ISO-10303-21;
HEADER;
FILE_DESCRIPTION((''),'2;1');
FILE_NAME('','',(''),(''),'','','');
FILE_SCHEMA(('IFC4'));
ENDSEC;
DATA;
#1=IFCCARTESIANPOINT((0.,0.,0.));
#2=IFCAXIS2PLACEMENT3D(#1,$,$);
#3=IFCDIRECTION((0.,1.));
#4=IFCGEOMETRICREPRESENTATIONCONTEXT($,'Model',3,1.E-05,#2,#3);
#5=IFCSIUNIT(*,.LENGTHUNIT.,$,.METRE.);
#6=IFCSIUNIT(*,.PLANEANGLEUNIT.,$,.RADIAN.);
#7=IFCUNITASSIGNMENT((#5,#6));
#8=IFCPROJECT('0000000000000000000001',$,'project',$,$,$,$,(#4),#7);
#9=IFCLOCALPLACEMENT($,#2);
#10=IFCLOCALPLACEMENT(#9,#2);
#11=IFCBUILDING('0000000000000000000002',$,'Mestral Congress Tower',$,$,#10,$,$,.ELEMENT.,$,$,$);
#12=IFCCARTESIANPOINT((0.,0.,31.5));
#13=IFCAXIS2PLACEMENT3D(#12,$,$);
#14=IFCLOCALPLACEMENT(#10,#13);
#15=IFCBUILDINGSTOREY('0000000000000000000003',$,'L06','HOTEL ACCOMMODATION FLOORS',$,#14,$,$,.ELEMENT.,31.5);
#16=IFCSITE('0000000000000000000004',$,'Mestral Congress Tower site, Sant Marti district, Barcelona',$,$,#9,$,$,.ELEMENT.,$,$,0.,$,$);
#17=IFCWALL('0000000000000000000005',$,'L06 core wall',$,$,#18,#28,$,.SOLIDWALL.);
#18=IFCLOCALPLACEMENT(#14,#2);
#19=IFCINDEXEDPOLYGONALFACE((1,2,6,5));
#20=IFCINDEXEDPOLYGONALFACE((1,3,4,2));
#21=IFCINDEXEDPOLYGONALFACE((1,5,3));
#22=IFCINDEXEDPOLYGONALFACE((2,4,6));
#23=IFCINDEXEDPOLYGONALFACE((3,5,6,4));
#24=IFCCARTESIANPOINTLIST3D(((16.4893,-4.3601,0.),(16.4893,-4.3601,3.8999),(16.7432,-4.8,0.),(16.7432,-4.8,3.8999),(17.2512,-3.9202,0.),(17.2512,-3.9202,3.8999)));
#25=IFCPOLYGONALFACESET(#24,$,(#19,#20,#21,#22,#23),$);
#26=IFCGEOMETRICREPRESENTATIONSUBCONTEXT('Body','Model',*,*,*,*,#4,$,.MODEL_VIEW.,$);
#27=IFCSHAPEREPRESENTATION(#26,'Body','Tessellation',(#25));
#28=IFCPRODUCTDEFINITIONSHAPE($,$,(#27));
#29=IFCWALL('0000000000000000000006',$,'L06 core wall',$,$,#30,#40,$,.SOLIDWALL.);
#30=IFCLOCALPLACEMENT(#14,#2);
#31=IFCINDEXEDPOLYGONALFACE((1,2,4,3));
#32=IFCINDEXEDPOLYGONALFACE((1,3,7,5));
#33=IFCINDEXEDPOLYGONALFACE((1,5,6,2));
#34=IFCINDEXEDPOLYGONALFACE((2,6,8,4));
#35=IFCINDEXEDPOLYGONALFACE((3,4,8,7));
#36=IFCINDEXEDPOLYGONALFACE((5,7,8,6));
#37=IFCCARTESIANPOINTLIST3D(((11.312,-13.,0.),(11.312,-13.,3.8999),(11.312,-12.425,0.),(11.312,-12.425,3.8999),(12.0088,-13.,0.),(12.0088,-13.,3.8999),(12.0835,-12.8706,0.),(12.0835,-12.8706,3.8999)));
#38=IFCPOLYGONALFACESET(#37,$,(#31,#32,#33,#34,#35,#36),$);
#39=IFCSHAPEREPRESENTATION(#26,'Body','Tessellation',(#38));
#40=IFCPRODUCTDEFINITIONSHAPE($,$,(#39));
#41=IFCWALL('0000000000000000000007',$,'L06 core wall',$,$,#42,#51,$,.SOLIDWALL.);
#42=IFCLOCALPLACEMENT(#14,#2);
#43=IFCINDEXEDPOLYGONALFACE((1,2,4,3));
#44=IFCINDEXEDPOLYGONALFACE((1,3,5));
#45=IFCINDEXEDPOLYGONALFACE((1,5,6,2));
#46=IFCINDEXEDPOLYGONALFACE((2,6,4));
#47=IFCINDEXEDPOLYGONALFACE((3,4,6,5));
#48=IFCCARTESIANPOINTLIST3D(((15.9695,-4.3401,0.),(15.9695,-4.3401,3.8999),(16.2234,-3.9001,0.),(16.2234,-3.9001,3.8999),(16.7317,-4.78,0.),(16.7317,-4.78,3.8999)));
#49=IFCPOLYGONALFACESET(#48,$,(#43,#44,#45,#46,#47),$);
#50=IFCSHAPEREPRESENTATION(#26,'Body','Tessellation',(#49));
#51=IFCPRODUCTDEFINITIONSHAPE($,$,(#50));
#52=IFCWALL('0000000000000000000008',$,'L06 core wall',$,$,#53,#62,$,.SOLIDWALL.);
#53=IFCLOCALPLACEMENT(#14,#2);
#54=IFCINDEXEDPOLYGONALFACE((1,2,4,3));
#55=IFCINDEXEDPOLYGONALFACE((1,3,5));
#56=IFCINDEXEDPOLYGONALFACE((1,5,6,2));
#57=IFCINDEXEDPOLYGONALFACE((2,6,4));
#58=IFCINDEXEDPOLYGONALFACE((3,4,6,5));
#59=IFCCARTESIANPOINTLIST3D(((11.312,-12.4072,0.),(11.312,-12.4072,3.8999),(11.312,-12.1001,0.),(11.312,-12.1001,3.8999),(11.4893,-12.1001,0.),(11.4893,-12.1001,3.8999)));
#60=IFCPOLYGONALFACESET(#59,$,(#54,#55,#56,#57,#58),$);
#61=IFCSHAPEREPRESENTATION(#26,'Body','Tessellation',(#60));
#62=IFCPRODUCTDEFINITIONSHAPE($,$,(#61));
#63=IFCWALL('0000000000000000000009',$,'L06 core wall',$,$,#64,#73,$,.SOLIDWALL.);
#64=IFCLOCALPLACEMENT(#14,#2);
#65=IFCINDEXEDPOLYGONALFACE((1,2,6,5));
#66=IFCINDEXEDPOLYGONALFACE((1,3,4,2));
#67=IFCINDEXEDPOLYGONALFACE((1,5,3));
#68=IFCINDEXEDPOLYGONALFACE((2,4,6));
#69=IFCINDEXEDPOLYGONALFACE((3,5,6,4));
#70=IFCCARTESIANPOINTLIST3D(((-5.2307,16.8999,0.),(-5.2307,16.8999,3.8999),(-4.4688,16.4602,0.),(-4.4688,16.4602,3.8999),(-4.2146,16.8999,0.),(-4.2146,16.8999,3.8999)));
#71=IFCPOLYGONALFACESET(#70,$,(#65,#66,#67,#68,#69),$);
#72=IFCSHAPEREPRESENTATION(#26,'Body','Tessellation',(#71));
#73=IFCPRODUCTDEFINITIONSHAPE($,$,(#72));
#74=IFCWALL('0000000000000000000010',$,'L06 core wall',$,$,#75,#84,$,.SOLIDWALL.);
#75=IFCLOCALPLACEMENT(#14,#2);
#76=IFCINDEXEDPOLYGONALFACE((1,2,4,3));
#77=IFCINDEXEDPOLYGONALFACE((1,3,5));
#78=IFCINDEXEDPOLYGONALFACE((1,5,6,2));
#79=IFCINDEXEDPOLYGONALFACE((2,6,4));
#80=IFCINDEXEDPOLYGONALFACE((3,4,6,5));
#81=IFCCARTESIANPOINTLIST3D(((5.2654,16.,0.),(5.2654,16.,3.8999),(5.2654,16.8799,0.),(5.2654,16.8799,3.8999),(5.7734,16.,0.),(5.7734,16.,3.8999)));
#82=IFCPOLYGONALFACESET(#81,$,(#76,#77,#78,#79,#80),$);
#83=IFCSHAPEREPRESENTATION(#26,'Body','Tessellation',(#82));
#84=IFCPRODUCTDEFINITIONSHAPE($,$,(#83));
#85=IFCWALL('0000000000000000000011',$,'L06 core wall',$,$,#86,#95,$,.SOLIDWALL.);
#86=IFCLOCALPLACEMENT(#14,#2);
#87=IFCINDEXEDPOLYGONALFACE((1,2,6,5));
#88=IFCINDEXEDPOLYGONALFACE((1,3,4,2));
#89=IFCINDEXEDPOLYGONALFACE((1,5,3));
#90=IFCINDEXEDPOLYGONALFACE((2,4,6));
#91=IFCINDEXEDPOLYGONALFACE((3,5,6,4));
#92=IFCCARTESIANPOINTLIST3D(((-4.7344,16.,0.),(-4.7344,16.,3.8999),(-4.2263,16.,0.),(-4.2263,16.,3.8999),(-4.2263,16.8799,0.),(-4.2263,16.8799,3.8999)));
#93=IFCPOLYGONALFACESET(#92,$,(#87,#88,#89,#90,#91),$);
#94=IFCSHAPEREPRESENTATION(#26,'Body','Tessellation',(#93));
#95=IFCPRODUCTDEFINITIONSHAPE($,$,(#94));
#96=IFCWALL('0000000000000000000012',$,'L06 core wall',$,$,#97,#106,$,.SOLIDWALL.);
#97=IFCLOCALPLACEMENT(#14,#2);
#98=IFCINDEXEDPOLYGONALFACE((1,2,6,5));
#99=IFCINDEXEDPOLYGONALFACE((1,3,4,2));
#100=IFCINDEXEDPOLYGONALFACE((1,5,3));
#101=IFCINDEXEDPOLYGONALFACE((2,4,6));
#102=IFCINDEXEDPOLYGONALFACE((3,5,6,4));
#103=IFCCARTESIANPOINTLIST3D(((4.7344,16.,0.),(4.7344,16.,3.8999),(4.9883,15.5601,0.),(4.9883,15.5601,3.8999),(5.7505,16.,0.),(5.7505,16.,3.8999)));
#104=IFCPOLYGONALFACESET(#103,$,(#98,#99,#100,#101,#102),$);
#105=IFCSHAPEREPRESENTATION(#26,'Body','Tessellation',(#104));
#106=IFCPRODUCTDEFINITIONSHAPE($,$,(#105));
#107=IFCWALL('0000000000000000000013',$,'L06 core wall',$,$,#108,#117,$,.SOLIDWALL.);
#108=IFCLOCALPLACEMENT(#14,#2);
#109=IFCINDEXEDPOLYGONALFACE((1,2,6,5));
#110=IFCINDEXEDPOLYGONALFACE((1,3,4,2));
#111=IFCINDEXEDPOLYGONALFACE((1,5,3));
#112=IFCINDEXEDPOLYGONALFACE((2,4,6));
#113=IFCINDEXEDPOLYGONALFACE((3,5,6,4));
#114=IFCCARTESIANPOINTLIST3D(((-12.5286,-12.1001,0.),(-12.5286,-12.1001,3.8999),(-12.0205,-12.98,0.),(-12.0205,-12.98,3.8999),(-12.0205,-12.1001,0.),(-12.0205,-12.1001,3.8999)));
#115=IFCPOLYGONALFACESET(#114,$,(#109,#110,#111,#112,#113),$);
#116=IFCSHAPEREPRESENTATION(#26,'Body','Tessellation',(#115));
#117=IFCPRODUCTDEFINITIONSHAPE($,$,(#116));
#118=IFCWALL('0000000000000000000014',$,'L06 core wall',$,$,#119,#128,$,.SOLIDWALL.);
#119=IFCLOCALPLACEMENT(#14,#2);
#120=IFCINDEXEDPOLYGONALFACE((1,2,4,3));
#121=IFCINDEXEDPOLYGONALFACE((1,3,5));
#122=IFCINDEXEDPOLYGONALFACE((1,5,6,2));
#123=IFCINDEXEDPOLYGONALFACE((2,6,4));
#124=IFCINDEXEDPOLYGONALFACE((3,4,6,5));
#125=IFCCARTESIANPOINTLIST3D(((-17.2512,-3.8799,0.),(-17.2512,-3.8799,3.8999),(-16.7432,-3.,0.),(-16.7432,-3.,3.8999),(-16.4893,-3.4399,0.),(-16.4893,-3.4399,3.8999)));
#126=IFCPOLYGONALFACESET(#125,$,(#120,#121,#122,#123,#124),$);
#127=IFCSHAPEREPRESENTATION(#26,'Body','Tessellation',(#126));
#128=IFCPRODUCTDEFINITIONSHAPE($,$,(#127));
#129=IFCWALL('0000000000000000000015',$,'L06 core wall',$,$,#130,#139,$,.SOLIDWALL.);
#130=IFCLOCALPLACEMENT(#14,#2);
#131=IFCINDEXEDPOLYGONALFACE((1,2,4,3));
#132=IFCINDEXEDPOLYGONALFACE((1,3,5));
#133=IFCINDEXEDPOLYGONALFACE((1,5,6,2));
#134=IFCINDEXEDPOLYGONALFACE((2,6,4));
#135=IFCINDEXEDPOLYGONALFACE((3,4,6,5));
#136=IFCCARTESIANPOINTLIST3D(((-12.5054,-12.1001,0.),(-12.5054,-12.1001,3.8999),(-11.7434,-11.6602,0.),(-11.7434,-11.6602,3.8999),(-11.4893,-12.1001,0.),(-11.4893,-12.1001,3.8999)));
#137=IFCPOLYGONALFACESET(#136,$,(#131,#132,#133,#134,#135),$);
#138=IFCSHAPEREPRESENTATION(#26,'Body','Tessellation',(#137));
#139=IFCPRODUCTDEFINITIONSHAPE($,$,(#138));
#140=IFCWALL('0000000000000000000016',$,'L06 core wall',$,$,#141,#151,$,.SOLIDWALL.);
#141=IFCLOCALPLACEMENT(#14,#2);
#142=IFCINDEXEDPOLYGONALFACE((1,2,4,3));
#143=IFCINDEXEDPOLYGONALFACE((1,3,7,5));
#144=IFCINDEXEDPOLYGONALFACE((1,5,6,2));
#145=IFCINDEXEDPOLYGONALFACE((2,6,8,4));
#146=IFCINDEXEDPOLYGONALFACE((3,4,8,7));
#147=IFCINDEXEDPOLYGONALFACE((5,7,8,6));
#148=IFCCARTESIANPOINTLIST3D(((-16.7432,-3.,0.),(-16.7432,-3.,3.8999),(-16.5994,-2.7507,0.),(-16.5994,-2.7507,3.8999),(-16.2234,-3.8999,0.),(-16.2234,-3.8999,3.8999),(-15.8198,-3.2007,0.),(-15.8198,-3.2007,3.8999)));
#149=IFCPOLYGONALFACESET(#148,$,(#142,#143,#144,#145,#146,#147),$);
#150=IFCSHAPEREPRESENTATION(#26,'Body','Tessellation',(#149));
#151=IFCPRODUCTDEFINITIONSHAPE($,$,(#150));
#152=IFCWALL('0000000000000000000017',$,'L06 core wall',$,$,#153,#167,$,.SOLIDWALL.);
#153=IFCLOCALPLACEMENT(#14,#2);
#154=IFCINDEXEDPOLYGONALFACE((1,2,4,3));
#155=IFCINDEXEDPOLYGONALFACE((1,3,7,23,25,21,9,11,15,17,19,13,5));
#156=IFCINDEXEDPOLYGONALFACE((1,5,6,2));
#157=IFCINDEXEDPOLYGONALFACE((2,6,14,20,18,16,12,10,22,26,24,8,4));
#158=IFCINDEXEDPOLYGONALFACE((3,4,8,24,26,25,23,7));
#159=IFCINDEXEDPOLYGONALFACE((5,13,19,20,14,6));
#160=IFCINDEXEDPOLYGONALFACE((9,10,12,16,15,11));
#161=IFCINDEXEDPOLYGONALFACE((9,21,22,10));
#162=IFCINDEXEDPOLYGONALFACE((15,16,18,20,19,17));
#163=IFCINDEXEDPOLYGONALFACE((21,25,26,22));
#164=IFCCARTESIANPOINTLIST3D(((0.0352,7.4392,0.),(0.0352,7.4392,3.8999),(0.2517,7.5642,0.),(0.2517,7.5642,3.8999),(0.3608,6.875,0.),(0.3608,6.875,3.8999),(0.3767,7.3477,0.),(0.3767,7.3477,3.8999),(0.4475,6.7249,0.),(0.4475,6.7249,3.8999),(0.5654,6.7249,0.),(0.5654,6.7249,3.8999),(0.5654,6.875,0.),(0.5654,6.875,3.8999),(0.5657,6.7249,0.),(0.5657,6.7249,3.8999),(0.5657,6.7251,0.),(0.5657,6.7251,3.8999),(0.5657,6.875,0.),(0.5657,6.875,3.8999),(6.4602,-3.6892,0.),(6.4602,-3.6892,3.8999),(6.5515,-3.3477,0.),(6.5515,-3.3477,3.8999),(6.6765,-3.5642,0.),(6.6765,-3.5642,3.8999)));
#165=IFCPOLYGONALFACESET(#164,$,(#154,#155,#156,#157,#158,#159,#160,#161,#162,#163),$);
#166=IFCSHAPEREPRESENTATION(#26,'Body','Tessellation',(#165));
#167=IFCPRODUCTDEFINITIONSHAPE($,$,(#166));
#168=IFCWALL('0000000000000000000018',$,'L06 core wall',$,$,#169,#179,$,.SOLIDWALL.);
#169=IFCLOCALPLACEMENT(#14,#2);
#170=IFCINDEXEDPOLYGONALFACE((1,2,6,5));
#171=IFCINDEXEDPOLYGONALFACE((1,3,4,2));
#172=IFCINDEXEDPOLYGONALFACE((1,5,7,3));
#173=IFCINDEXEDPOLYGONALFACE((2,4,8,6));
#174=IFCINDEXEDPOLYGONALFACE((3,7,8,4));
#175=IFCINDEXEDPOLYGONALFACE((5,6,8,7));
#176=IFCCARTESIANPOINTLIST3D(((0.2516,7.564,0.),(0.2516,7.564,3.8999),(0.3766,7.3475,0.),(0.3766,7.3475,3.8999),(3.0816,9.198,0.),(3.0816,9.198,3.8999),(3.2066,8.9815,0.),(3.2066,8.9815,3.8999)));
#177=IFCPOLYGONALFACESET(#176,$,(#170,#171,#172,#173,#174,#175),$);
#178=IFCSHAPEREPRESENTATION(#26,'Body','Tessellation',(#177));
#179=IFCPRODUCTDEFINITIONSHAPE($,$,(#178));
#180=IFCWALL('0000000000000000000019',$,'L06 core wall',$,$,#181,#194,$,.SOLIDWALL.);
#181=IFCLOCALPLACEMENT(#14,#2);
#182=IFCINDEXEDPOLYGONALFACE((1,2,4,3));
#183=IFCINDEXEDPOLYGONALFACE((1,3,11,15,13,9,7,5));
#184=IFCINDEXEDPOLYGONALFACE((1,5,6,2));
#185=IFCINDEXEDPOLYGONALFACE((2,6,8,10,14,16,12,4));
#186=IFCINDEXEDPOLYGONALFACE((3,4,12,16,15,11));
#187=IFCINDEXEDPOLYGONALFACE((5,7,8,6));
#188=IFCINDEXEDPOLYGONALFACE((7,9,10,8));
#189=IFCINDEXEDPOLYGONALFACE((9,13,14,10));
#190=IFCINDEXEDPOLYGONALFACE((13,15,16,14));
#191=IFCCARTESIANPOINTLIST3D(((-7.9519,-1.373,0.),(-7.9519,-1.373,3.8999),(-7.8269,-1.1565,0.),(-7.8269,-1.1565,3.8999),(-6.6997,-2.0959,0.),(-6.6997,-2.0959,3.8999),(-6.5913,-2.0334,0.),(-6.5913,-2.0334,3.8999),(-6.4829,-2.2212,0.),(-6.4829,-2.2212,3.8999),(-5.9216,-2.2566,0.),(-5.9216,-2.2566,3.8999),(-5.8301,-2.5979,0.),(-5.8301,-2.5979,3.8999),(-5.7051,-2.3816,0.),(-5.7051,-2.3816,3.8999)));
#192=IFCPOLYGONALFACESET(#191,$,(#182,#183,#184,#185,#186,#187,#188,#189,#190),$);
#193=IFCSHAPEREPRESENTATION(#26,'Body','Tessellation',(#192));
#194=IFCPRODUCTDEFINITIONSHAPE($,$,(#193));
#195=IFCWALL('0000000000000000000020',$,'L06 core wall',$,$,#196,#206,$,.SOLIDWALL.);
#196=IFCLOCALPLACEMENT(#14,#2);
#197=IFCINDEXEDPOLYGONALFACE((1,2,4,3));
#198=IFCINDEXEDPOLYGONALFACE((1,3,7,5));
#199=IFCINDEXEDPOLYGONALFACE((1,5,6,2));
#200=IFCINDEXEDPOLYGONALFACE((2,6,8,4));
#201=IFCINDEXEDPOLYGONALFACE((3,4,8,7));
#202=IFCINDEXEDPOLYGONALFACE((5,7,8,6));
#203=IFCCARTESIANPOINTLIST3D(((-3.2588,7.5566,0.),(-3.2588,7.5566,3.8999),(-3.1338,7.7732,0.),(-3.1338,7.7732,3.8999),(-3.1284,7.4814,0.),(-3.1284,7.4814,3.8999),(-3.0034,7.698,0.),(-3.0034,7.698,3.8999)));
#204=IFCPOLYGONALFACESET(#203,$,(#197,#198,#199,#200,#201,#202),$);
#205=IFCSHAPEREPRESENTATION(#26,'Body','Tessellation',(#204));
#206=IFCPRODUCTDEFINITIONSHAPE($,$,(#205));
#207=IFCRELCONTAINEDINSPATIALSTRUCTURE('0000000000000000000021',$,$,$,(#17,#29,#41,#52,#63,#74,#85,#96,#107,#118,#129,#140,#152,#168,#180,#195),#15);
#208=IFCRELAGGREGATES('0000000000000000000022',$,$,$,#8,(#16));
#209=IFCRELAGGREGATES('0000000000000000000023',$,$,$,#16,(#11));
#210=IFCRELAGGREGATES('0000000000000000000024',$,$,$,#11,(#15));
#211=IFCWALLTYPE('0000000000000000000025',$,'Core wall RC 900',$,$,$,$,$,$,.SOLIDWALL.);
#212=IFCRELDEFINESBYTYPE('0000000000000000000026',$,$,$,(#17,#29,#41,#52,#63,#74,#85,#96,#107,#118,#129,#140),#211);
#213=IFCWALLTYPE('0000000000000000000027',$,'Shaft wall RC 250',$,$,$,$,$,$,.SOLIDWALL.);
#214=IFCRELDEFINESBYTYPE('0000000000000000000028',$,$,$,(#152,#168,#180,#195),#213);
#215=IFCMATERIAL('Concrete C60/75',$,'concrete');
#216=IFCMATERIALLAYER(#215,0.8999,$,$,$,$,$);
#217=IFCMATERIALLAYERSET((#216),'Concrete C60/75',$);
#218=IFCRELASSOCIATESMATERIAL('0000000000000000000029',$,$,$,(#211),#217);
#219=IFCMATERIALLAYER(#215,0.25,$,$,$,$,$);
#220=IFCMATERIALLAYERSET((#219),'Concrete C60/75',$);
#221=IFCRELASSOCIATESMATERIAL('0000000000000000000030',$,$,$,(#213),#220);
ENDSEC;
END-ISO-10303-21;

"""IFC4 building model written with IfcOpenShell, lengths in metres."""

from ifc_helpers import new_model, si_unit, direction, frame, frame_2d, origin, place, context, subcontext, project, spatial, polyline, rectangle, outline, extrude, material, layer, layer_set, type_object, element, save


model = new_model("IFC4")

# Units and contexts
model_context = context("Model", 3, precision=1e-05, world=origin(), true_north=direction((0.0, 1.0)))
body_context = subcontext(model_context, "Body", "Model", "MODEL_VIEW")
ifc_project = project(units=[si_unit("LENGTHUNIT", "METRE"), si_unit("PLANEANGLEUNIT", "RADIAN")], contexts=[model_context])

# Site, building, storey
site_placement = place(None, origin())
site = spatial("IfcSite", under=ifc_project, at=site_placement, Name="Mestral Congress Tower site, Sant Marti district, Barcelona", CompositionType="ELEMENT", RefElevation=0.0)
building_placement = place(site_placement, origin())
building = spatial("IfcBuilding", under=site, at=building_placement, Name="Mestral Congress Tower", CompositionType="ELEMENT")
storey_placement = place(building_placement, frame((0.0, 0.0, 31.5)))
storey = spatial("IfcBuildingStorey", under=building, at=storey_placement, Name="L06", Description="HOTEL ACCOMMODATION FLOORS", CompositionType="ELEMENT", Elevation=31.5)

# Shared definitions
ifc_material_1 = material(Name="Concrete C60/75", Category="concrete")

# Shared definitions
placement_1 = place(storey_placement, origin())

# Walls
ifc_layer_1 = layer(ifc_material_1, 0.8999)
ifc_layer_set_1 = layer_set([ifc_layer_1], Name="Concrete C60/75")
wall_type_1 = type_object("IfcWallType", Name="Core wall RC 900", PredefinedType="SOLIDWALL", material=ifc_layer_set_1)
element("IfcWall", 1, at=placement_1, inside=storey, type_object=wall_type_1, Name="L06 core wall", PredefinedType="SOLIDWALL", context=body_context, shape_type="SweptSolid", body=[
    extrude(outline(polyline([(16.7432, -4.8), (16.4893, -4.3601), (17.2512, -3.9202), (16.7432, -4.8)])), origin(), (0.0, 0.0, 1.0), 3.8999),
])
element("IfcWall", 2, at=placement_1, inside=storey, type_object=wall_type_1, Name="L06 core wall", PredefinedType="SOLIDWALL", context=body_context, shape_type="SweptSolid", body=[
    extrude(outline(polyline([(12.0088, -13.0), (11.312, -13.0), (11.312, -12.425), (12.0835, -12.8706), (12.0088, -13.0)])), origin(), (0.0, 0.0, 1.0), 3.8999),
])
element("IfcWall", 3, at=placement_1, inside=storey, type_object=wall_type_1, Name="L06 core wall", PredefinedType="SOLIDWALL", context=body_context, shape_type="SweptSolid", body=[
    extrude(outline(polyline([(16.2234, -3.9001), (16.7317, -4.78), (15.9695, -4.3401), (16.2234, -3.9001)])), origin(), (0.0, 0.0, 1.0), 3.8999),
])
element("IfcWall", 4, at=placement_1, inside=storey, type_object=wall_type_1, Name="L06 core wall", PredefinedType="SOLIDWALL", context=body_context, shape_type="SweptSolid", body=[
    extrude(outline(polyline([(11.4893, -12.1001), (11.312, -12.4072), (11.312, -12.1001), (11.4893, -12.1001)])), origin(), (0.0, 0.0, 1.0), 3.8999),
])
element("IfcWall", 5, at=placement_1, inside=storey, type_object=wall_type_1, Name="L06 core wall", PredefinedType="SOLIDWALL", context=body_context, shape_type="SweptSolid", body=[
    extrude(outline(polyline([(-4.2146, 16.8999), (-4.4688, 16.4602), (-5.2307, 16.8999), (-4.2146, 16.8999)])), origin(), (0.0, 0.0, 1.0), 3.8999),
])
element("IfcWall", 6, at=placement_1, inside=storey, type_object=wall_type_1, Name="L06 core wall", PredefinedType="SOLIDWALL", context=body_context, shape_type="SweptSolid", body=[
    extrude(outline(polyline([(5.2654, 16.0), (5.2654, 16.8799), (5.7734, 16.0), (5.2654, 16.0)])), origin(), (0.0, 0.0, 1.0), 3.8999),
])
element("IfcWall", 7, at=placement_1, inside=storey, type_object=wall_type_1, Name="L06 core wall", PredefinedType="SOLIDWALL", context=body_context, shape_type="SweptSolid", body=[
    extrude(outline(polyline([(-4.7344, 16.0), (-4.2263, 16.8799), (-4.2263, 16.0), (-4.7344, 16.0)])), origin(), (0.0, 0.0, 1.0), 3.8999),
])
element("IfcWall", 8, at=placement_1, inside=storey, type_object=wall_type_1, Name="L06 core wall", PredefinedType="SOLIDWALL", context=body_context, shape_type="SweptSolid", body=[
    extrude(outline(polyline([(4.7344, 16.0), (5.7505, 16.0), (4.9883, 15.5601), (4.7344, 16.0)])), origin(), (0.0, 0.0, 1.0), 3.8999),
])
element("IfcWall", 9, at=placement_1, inside=storey, type_object=wall_type_1, Name="L06 core wall", PredefinedType="SOLIDWALL", context=body_context, shape_type="SweptSolid", body=[
    extrude(outline(polyline([(-12.5286, -12.1001), (-12.0205, -12.1001), (-12.0205, -12.98), (-12.5286, -12.1001)])), origin(), (0.0, 0.0, 1.0), 3.8999),
])
element("IfcWall", 10, at=placement_1, inside=storey, type_object=wall_type_1, Name="L06 core wall", PredefinedType="SOLIDWALL", context=body_context, shape_type="SweptSolid", body=[
    extrude(outline(polyline([(-16.4893, -3.4399), (-17.2512, -3.8799), (-16.7432, -3.0), (-16.4893, -3.4399)])), origin(), (0.0, 0.0, 1.0), 3.8999),
])
element("IfcWall", 11, at=placement_1, inside=storey, type_object=wall_type_1, Name="L06 core wall", PredefinedType="SOLIDWALL", context=body_context, shape_type="SweptSolid", body=[
    extrude(outline(polyline([(-11.4893, -12.1001), (-12.5054, -12.1001), (-11.7434, -11.6602), (-11.4893, -12.1001)])), origin(), (0.0, 0.0, 1.0), 3.8999),
])
element("IfcWall", 12, at=placement_1, inside=storey, type_object=wall_type_1, Name="L06 core wall", PredefinedType="SOLIDWALL", context=body_context, shape_type="SweptSolid", body=[
    extrude(outline(polyline([(-15.8198, -3.2007), (-16.2234, -3.8999), (-16.7432, -3.0), (-16.5994, -2.7507), (-15.8198, -3.2007)])), origin(), (0.0, 0.0, 1.0), 3.8999),
])
ifc_layer_2 = layer(ifc_material_1, 0.25)
ifc_layer_set_2 = layer_set([ifc_layer_2], Name="Concrete C60/75")
wall_type_2 = type_object("IfcWallType", Name="Shaft wall RC 250", PredefinedType="SOLIDWALL", material=ifc_layer_set_2)
element("IfcWall", 13, at=placement_1, inside=storey, type_object=wall_type_2, Name="L06 core wall", PredefinedType="SOLIDWALL", context=body_context, shape_type="SweptSolid", body=[
    extrude(outline(polyline([(0.5657, 6.7251), (0.5657, 6.875), (0.5657, 6.875), (0.5654, 6.875), (0.3608, 6.875), (0.0352, 7.4392), (0.2517, 7.5642), (0.3767, 7.3477), (6.5515, -3.3477), (6.6765, -3.5642), (6.4602, -3.6892), (0.4475, 6.7249), (0.5654, 6.7249), (0.5657, 6.7249), (0.5657, 6.7251)])), origin(), (0.0, 0.0, 1.0), 3.8999),
])
wall_1_placement = place(storey_placement, frame((0.3142, 7.4558, 0.0), z_axis=(0.0, 0.0, 1.0), x_axis=(0.866014, 0.50002, 0.0)))
element("IfcWall", 14, at=wall_1_placement, inside=storey, type_object=wall_type_2, Name="L06 core wall", PredefinedType="SOLIDWALL", context=body_context, shape_type="SweptSolid", body=[
    extrude(rectangle(XDim=3.2678, YDim=0.25, at=frame_2d((1.6338, 0.0))), origin(), (0.0, 0.0, 1.0), 3.8999),
])
element("IfcWall", 15, at=placement_1, inside=storey, type_object=wall_type_2, Name="L06 core wall", PredefinedType="SOLIDWALL", context=body_context, shape_type="SweptSolid", body=[
    extrude(outline(polyline([(-5.9216, -2.2566), (-5.9216, -2.2566), (-5.7051, -2.3816), (-5.8301, -2.5979), (-6.4829, -2.2212), (-6.5913, -2.0334), (-6.5913, -2.0334), (-6.6997, -2.0959), (-7.9519, -1.373), (-7.8269, -1.1565), (-5.9216, -2.2566)])), origin(), (0.0, 0.0, 1.0), 3.8999),
])
element("IfcWall", 16, at=placement_1, inside=storey, type_object=wall_type_2, Name="L06 core wall", PredefinedType="SOLIDWALL", context=body_context, shape_type="SweptSolid", body=[
    extrude(outline(polyline([(-3.1284, 7.4814), (-3.2588, 7.5566), (-3.1338, 7.7732), (-3.0034, 7.698), (-3.1284, 7.4814)])), origin(), (0.0, 0.0, 1.0), 3.8999),
])

save(model, "model.ifc")
